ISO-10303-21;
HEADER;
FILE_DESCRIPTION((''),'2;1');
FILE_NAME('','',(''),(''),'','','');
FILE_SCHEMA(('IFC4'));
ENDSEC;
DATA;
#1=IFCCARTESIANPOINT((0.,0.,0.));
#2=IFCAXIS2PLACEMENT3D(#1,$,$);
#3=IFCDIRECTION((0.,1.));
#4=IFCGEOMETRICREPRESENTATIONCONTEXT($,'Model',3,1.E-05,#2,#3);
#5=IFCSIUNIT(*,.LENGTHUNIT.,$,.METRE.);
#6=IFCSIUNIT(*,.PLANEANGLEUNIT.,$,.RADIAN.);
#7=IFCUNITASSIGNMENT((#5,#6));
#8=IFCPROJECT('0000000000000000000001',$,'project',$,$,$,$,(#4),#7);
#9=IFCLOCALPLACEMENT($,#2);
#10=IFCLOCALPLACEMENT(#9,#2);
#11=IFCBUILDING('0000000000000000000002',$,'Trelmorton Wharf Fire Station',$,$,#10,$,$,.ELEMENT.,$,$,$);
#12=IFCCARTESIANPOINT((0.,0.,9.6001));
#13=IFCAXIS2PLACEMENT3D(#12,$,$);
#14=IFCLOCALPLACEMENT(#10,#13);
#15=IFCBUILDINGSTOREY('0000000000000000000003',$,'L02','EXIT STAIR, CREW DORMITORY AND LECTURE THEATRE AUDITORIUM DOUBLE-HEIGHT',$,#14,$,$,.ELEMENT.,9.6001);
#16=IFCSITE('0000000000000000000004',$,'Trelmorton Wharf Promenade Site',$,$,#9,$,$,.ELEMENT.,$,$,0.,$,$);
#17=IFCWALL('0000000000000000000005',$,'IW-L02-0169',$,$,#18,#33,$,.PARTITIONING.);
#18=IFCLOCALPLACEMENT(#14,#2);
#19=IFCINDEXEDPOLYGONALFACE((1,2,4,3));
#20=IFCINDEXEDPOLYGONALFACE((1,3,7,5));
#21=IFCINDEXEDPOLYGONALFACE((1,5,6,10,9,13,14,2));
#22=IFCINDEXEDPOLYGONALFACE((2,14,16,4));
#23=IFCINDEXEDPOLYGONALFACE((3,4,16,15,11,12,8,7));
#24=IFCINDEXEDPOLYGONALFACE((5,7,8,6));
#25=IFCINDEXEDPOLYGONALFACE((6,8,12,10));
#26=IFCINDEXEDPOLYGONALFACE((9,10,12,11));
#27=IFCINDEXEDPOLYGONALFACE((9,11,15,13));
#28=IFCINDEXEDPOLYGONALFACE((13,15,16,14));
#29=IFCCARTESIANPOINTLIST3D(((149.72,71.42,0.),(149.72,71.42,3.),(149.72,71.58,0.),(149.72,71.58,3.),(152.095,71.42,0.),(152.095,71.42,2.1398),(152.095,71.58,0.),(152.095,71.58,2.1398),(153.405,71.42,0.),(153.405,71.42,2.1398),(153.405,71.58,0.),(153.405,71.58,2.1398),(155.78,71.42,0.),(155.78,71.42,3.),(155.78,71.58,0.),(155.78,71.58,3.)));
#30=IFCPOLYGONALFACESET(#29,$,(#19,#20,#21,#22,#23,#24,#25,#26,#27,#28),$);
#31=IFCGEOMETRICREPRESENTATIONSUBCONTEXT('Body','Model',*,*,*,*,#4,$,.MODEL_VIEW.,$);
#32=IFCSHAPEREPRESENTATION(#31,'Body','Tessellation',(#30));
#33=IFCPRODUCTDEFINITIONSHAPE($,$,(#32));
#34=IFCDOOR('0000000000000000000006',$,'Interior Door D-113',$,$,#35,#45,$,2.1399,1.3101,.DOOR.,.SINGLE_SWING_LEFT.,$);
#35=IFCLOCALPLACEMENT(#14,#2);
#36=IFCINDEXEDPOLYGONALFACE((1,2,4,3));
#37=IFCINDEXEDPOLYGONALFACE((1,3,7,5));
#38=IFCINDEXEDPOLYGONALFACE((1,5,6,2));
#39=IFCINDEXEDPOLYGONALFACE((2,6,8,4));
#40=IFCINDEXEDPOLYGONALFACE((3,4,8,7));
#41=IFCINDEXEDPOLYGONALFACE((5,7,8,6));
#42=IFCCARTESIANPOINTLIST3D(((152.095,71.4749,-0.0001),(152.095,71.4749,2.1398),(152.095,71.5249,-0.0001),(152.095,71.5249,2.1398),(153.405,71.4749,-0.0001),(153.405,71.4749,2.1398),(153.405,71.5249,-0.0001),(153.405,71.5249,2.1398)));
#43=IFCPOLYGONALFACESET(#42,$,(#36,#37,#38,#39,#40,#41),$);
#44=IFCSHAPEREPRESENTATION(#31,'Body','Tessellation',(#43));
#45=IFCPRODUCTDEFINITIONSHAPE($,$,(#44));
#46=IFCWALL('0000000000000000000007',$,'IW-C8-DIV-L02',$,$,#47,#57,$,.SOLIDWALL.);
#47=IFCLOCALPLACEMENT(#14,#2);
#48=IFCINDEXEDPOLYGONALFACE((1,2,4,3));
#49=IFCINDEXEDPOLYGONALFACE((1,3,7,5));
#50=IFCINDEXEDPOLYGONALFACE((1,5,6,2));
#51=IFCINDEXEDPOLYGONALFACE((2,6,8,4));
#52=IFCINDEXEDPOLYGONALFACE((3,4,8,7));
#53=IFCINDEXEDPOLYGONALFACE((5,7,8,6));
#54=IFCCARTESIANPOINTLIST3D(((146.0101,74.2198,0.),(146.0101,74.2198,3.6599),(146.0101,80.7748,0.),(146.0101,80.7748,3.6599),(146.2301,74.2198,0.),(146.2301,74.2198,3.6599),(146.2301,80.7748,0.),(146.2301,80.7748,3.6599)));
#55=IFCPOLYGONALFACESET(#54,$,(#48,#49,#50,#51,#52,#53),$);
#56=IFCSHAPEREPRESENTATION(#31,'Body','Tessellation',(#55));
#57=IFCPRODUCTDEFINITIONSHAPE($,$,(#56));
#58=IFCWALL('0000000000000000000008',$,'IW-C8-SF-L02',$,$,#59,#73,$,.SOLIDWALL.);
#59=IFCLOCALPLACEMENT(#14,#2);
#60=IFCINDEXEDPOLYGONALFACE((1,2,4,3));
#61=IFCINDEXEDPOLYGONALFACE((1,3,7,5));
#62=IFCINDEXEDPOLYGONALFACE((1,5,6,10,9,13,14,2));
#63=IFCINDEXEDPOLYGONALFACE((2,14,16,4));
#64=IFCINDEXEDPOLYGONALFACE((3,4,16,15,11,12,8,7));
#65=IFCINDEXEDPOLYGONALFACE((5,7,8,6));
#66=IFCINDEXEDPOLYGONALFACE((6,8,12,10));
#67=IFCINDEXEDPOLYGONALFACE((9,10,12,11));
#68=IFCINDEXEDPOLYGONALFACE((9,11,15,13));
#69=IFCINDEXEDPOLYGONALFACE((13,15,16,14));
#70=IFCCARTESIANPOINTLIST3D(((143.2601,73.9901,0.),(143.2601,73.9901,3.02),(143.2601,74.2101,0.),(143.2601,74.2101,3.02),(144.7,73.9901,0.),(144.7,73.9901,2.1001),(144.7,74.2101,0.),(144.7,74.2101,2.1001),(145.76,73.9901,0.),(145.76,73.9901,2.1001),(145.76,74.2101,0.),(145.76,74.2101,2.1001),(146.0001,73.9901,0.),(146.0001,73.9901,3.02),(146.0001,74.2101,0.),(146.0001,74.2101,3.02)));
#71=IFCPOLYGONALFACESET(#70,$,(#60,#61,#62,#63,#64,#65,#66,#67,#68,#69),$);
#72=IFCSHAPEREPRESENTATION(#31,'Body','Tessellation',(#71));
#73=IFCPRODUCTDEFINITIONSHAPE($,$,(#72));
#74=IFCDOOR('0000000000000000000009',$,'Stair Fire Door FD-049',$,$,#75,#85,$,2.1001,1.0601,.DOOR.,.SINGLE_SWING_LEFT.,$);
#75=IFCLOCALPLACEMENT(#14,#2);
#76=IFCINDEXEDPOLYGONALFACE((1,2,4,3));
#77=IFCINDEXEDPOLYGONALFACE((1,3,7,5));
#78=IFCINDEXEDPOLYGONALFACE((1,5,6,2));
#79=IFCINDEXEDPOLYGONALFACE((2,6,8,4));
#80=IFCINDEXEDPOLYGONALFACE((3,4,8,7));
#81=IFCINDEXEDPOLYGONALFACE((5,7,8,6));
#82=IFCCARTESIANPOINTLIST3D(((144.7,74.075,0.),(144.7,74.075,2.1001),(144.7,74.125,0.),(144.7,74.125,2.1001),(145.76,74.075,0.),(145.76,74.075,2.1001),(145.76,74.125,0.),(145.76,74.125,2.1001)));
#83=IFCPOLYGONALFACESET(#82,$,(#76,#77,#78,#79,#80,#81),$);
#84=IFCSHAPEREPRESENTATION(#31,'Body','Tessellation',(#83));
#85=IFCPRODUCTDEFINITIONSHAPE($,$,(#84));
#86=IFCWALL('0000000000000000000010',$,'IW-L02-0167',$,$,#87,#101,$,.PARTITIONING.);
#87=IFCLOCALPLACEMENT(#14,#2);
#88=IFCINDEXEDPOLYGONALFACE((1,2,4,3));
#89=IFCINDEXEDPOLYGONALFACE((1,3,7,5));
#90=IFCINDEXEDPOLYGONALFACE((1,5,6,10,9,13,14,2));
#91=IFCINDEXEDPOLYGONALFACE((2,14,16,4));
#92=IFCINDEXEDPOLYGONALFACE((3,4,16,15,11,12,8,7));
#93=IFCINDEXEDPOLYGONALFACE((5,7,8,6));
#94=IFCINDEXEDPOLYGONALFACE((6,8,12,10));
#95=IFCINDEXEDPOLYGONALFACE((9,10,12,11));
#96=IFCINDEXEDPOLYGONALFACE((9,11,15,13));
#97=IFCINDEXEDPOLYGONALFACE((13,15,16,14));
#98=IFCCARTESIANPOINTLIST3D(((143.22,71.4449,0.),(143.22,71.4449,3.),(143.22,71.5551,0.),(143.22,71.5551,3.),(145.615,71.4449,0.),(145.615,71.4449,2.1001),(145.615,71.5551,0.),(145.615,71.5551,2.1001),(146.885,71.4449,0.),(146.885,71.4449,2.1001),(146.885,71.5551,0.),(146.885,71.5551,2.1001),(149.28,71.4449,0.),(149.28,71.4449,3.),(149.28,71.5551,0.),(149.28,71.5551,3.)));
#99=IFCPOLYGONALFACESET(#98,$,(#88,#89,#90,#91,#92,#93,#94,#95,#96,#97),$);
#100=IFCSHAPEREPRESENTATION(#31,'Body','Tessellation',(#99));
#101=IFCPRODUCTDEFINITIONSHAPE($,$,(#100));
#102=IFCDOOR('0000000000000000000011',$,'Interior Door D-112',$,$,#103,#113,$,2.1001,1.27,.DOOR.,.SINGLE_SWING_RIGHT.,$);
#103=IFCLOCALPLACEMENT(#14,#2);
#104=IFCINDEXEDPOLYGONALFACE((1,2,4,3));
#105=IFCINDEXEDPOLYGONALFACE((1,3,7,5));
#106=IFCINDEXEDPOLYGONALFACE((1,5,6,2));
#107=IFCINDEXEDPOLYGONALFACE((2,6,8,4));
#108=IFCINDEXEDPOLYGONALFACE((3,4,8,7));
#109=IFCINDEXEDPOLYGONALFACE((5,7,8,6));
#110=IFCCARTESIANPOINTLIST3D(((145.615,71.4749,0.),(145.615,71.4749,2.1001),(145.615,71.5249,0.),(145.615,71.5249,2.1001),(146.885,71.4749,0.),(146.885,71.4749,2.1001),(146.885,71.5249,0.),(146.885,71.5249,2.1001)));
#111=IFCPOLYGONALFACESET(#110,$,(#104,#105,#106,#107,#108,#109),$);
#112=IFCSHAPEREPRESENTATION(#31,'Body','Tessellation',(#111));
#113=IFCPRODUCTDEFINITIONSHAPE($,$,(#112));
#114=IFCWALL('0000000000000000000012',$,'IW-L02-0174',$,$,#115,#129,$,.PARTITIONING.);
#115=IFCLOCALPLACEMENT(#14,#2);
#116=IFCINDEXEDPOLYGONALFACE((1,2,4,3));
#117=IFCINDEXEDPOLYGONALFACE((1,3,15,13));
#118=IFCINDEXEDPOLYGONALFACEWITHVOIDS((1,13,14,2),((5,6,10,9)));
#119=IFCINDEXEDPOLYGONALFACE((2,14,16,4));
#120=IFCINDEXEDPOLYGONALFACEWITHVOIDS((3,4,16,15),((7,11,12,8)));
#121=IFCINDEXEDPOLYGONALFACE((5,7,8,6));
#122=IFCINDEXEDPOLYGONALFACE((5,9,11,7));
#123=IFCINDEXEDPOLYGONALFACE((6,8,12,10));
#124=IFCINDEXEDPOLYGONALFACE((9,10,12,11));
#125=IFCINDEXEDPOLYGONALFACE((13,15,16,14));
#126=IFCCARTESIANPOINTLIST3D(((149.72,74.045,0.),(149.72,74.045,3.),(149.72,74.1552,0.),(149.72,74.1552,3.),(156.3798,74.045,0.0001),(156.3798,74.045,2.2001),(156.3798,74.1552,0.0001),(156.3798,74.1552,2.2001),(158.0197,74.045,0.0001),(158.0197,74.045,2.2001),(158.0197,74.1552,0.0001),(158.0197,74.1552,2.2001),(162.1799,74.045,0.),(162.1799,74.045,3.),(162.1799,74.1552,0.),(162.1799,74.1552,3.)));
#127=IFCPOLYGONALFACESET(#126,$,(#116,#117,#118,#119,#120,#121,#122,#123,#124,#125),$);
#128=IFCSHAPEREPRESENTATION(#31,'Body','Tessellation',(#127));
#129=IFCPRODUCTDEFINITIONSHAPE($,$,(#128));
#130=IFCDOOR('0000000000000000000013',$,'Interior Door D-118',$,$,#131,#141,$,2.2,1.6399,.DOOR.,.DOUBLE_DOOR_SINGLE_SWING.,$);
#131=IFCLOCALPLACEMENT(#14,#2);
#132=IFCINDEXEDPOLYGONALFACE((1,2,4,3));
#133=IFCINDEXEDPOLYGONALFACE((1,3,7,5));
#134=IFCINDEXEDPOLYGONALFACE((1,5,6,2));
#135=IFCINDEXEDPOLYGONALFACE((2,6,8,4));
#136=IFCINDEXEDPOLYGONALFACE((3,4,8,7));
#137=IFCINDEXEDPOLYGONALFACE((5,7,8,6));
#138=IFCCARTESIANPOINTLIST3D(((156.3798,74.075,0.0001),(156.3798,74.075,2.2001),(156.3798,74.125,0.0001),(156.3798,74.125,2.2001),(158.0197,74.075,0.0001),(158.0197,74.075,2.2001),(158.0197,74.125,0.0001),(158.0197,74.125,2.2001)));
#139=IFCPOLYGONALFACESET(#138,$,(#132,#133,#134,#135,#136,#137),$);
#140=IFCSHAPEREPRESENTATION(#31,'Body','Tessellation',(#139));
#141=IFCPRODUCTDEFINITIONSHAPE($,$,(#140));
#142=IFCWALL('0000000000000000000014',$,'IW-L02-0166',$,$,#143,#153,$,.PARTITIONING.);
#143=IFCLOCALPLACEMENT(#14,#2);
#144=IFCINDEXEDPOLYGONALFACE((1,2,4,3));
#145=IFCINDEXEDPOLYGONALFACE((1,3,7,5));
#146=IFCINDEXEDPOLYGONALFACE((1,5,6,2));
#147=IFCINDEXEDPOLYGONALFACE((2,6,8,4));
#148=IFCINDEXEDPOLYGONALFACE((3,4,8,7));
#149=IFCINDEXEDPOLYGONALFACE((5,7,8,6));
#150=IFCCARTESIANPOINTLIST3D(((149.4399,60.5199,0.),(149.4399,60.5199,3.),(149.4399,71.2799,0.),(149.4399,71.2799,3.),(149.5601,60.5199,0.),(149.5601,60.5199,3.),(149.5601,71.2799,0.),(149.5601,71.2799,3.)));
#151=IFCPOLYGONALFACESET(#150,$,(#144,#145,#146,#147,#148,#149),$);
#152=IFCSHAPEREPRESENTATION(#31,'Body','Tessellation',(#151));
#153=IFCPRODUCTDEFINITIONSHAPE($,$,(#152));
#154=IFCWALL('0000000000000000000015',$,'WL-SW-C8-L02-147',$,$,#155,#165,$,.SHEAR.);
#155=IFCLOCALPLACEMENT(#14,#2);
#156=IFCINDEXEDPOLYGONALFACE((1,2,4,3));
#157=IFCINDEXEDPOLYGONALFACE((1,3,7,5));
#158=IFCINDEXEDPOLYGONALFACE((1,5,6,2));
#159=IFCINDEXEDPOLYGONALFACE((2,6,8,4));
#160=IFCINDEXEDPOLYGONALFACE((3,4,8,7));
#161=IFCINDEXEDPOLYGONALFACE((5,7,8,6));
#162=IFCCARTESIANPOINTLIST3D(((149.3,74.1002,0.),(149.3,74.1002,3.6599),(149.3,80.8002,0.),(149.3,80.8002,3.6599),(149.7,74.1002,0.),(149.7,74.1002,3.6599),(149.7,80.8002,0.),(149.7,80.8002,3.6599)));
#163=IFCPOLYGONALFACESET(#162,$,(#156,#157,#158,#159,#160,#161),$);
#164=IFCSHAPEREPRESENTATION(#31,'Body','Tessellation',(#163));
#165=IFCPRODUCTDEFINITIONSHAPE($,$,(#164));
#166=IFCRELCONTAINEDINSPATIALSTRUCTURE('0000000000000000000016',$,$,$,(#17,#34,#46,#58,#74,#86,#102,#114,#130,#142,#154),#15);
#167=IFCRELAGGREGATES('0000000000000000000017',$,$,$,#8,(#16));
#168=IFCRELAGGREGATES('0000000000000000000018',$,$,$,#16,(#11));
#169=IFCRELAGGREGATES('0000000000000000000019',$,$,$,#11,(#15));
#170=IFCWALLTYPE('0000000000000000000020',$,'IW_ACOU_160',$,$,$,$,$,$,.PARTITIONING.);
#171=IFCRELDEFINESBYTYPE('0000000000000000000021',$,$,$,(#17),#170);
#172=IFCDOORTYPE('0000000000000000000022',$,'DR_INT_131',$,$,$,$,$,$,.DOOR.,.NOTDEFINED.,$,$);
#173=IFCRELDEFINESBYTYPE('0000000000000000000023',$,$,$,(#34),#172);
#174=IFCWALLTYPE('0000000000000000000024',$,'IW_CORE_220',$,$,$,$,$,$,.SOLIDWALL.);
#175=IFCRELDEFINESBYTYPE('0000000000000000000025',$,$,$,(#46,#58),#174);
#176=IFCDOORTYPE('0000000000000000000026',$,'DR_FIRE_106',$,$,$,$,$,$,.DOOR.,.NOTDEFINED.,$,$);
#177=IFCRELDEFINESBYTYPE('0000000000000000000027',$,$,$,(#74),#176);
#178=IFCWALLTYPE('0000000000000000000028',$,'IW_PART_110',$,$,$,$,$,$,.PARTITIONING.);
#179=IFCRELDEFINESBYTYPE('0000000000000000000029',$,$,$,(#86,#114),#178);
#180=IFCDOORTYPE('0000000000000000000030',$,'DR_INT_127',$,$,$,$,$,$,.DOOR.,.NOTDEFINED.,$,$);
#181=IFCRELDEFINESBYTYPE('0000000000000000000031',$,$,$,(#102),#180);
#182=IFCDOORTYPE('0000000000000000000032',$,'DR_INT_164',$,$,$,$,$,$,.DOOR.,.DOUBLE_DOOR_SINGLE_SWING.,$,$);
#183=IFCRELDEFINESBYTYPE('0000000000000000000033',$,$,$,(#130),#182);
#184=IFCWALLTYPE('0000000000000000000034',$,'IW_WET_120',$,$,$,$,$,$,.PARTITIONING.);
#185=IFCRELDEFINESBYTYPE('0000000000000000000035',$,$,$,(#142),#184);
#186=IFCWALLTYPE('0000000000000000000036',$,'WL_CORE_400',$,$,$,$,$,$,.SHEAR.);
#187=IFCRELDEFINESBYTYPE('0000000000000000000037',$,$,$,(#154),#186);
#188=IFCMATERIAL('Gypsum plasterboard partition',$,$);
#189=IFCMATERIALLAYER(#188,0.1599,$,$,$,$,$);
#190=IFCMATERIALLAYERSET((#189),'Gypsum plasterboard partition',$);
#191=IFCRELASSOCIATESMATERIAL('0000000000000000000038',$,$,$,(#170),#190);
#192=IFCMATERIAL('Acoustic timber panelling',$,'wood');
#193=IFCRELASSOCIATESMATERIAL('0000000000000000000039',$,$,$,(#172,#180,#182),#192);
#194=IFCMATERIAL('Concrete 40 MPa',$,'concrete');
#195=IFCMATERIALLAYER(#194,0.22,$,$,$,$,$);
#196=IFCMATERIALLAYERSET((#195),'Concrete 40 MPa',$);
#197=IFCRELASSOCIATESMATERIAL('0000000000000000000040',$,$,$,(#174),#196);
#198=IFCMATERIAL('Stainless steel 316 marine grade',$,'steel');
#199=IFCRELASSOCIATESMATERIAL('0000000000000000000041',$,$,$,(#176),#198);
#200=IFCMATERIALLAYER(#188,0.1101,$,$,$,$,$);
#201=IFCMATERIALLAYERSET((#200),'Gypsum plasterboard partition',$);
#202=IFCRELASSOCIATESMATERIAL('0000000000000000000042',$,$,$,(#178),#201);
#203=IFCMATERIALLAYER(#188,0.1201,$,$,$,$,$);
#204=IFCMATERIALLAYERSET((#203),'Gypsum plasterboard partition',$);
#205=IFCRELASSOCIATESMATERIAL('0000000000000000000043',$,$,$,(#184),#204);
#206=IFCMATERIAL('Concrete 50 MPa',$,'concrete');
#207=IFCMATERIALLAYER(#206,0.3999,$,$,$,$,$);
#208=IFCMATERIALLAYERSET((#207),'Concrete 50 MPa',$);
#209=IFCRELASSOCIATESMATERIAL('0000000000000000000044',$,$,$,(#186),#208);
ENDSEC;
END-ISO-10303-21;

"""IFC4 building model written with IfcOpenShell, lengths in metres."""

from ifc_helpers import new_model, si_unit, direction, frame, frame_2d, origin, place, context, subcontext, project, spatial, rectangle, extrude, material, layer, layer_set, type_object, element, fill, save


model = new_model("IFC4")

# Units and contexts
model_context = context("Model", 3, precision=1e-05, world=origin(), true_north=direction((0.0, 1.0)))
body_context = subcontext(model_context, "Body", "Model", "MODEL_VIEW")
ifc_project = project(units=[si_unit("LENGTHUNIT", "METRE"), si_unit("PLANEANGLEUNIT", "RADIAN")], contexts=[model_context])

# Site, building, storey
site_placement = place(None, origin())
site = spatial("IfcSite", under=ifc_project, at=site_placement, Name="Trelmorton Wharf Promenade Site", CompositionType="ELEMENT", RefElevation=0.0)
building_placement = place(site_placement, origin())
building = spatial("IfcBuilding", under=site, at=building_placement, Name="Trelmorton Wharf Fire Station", CompositionType="ELEMENT")
storey_placement = place(building_placement, frame((0.0, 0.0, 9.6001)))
storey = spatial("IfcBuildingStorey", under=building, at=storey_placement, Name="L02", Description="EXIT STAIR, CREW DORMITORY AND LECTURE THEATRE AUDITORIUM DOUBLE-HEIGHT", CompositionType="ELEMENT", Elevation=9.6001)

# Wall, opening, door
ifc_material_1 = material(Name="Gypsum plasterboard partition")
ifc_layer_1 = layer(ifc_material_1, 0.1599)
ifc_layer_set_1 = layer_set([ifc_layer_1], Name="Gypsum plasterboard partition")
wall_type_1 = type_object("IfcWallType", Name="IW_ACOU_160", PredefinedType="PARTITIONING", material=ifc_layer_set_1)
wall_1_placement = place(storey_placement, frame((149.72, 71.5, 0.0), z_axis=(0.0, 0.0, 1.0), x_axis=(1.0, 0.0, 0.0)))
wall_1 = element("IfcWall", 1, at=wall_1_placement, inside=storey, type_object=wall_type_1, Name="IW-L02-0169", PredefinedType="PARTITIONING", context=body_context, shape_type="SweptSolid", body=[
    extrude(rectangle(XDim=6.0601, YDim=0.1599, at=frame_2d((3.03, 0.0))), origin(), (0.0, 0.0, 1.0), 3.0),
])
opening_1_placement = place(wall_1_placement, frame((2.375, 0.0, 0.0)))
opening_1 = element("IfcOpeningElement", 2, at=opening_1_placement, cuts=wall_1, PredefinedType="OPENING", context=body_context, shape_type="SweptSolid", body=[
    extrude(rectangle(XDim=1.3101, YDim=2.1399, at=frame_2d((0.655, 1.0698))), frame((0.0, 0.0898, 0.0), z_axis=(0.0, -1.0, 0.0), x_axis=(1.0, 0.0, 0.0)), (0.0, 0.0, 1.0), 0.1799),
])
ifc_material_2 = material(Name="Acoustic timber panelling", Category="wood")
door_type_1 = type_object("IfcDoorType", Name="DR_INT_131", OperationType="NOTDEFINED", PredefinedType="DOOR", material=ifc_material_2)
door_1_placement = place(opening_1_placement, origin())
door_1 = element("IfcDoor", 3, at=door_1_placement, inside=storey, type_object=door_type_1, Name="Interior Door D-113", OperationType="SINGLE_SWING_LEFT", OverallHeight=2.1399, OverallWidth=1.3101, PredefinedType="DOOR", context=body_context, shape_type="SweptSolid", body=[
    extrude(rectangle(XDim=1.3101, YDim=2.1399, at=frame_2d((0.655, 1.0698))), frame((0.0, 0.0249, 0.0), z_axis=(0.0, -1.0, 0.0), x_axis=(1.0, 0.0, 0.0)), (0.0, 0.0, 1.0), 0.05),
])
fill(opening_1, door_1)

# Wall
ifc_material_3 = material(Name="Concrete 40 MPa", Category="concrete")
ifc_layer_2 = layer(ifc_material_3, 0.22)
ifc_layer_set_2 = layer_set([ifc_layer_2], Name="Concrete 40 MPa")
wall_type_2 = type_object("IfcWallType", Name="IW_CORE_220", PredefinedType="SOLIDWALL", material=ifc_layer_set_2)
wall_2_placement = place(storey_placement, frame((146.1201, 74.22, 0.0), z_axis=(0.0, 0.0, 1.0), x_axis=(0.0, 1.0, 0.0)))
element("IfcWall", 4, at=wall_2_placement, inside=storey, type_object=wall_type_2, Name="IW-C8-DIV-L02", PredefinedType="SOLIDWALL", context=body_context, shape_type="SweptSolid", body=[
    extrude(rectangle(XDim=6.5549, YDim=0.22, at=frame_2d((3.2773, 0.0))), origin(), (0.0, 0.0, 1.0), 3.6599),
])

# Walls, openings, doors
wall_3_placement = place(storey_placement, frame((143.26, 74.1001, 0.0), z_axis=(0.0, 0.0, 1.0), x_axis=(1.0, 0.0, 0.0)))
wall_3 = element("IfcWall", 5, at=wall_3_placement, inside=storey, type_object=wall_type_2, Name="IW-C8-SF-L02", PredefinedType="SOLIDWALL", context=body_context, shape_type="SweptSolid", body=[
    extrude(rectangle(XDim=2.74, YDim=0.22, at=frame_2d((1.3701, 0.0))), origin(), (0.0, 0.0, 1.0), 3.02),
])
opening_2_placement = place(wall_3_placement, frame((1.4399, 0.0, 0.0)))
opening_2 = element("IfcOpeningElement", 6, at=opening_2_placement, cuts=wall_3, PredefinedType="OPENING", context=body_context, shape_type="SweptSolid", body=[
    extrude(rectangle(XDim=1.0601, YDim=2.1001, at=frame_2d((0.53, 1.05))), frame((0.0, 0.1201, 0.0), z_axis=(0.0, -1.0, 0.0), x_axis=(1.0, 0.0, 0.0)), (0.0, 0.0, 1.0), 0.24),
])
ifc_material_4 = material(Name="Stainless steel 316 marine grade", Category="steel")
door_type_2 = type_object("IfcDoorType", Name="DR_FIRE_106", OperationType="NOTDEFINED", PredefinedType="DOOR", material=ifc_material_4)
door_2_placement = place(opening_2_placement, origin())
door_2 = element("IfcDoor", 7, at=door_2_placement, inside=storey, type_object=door_type_2, Name="Stair Fire Door FD-049", OperationType="SINGLE_SWING_LEFT", OverallHeight=2.1001, OverallWidth=1.0601, PredefinedType="DOOR", context=body_context, shape_type="SweptSolid", body=[
    extrude(rectangle(XDim=1.0601, YDim=2.1001, at=frame_2d((0.53, 1.05))), frame((0.0, 0.0249, 0.0), z_axis=(0.0, -1.0, 0.0), x_axis=(1.0, 0.0, 0.0)), (0.0, 0.0, 1.0), 0.05),
])
fill(opening_2, door_2)
ifc_layer_3 = layer(ifc_material_1, 0.1101)
ifc_layer_set_3 = layer_set([ifc_layer_3], Name="Gypsum plasterboard partition")
wall_type_3 = type_object("IfcWallType", Name="IW_PART_110", PredefinedType="PARTITIONING", material=ifc_layer_set_3)
wall_4_placement = place(storey_placement, frame((143.22, 71.5, 0.0), z_axis=(0.0, 0.0, 1.0), x_axis=(1.0, 0.0, 0.0)))
wall_4 = element("IfcWall", 8, at=wall_4_placement, inside=storey, type_object=wall_type_3, Name="IW-L02-0167", PredefinedType="PARTITIONING", context=body_context, shape_type="SweptSolid", body=[
    extrude(rectangle(XDim=6.0601, YDim=0.1101, at=frame_2d((3.03, 0.0))), origin(), (0.0, 0.0, 1.0), 3.0),
])
opening_3_placement = place(wall_4_placement, frame((2.395, 0.0, 0.0)))
opening_3 = element("IfcOpeningElement", 9, at=opening_3_placement, cuts=wall_4, PredefinedType="OPENING", context=body_context, shape_type="SweptSolid", body=[
    extrude(rectangle(XDim=1.27, YDim=2.1001, at=frame_2d((0.635, 1.05))), frame((0.0, 0.0649, 0.0), z_axis=(0.0, -1.0, 0.0), x_axis=(1.0, 0.0, 0.0)), (0.0, 0.0, 1.0), 0.1301),
])
door_type_3 = type_object("IfcDoorType", Name="DR_INT_127", OperationType="NOTDEFINED", PredefinedType="DOOR", material=ifc_material_2)
door_3_placement = place(opening_3_placement, origin())
door_3 = element("IfcDoor", 10, at=door_3_placement, inside=storey, type_object=door_type_3, Name="Interior Door D-112", OperationType="SINGLE_SWING_RIGHT", OverallHeight=2.1001, OverallWidth=1.27, PredefinedType="DOOR", context=body_context, shape_type="SweptSolid", body=[
    extrude(rectangle(XDim=1.27, YDim=2.1001, at=frame_2d((0.635, 1.05))), frame((0.0, 0.0249, 0.0), z_axis=(0.0, -1.0, 0.0), x_axis=(1.0, 0.0, 0.0)), (0.0, 0.0, 1.0), 0.05),
])
fill(opening_3, door_3)
wall_5_placement = place(storey_placement, frame((149.72, 74.1001, 0.0), z_axis=(0.0, 0.0, 1.0), x_axis=(1.0, 0.0, 0.0)))
wall_5 = element("IfcWall", 11, at=wall_5_placement, inside=storey, type_object=wall_type_3, Name="IW-L02-0174", PredefinedType="PARTITIONING", context=body_context, shape_type="SweptSolid", body=[
    extrude(rectangle(XDim=12.46, YDim=0.1101, at=frame_2d((6.23, 0.0))), origin(), (0.0, 0.0, 1.0), 3.0),
])
opening_4_placement = place(wall_5_placement, frame((6.6599, 0.0, 0.0)))
opening_4 = element("IfcOpeningElement", 12, at=opening_4_placement, cuts=wall_5, PredefinedType="OPENING", context=body_context, shape_type="SweptSolid", body=[
    extrude(rectangle(XDim=1.6399, YDim=2.2, at=frame_2d((0.8198, 1.1001))), frame((0.0, 0.0649, 0.0), z_axis=(0.0, -1.0, 0.0), x_axis=(1.0, 0.0, 0.0)), (0.0, 0.0, 1.0), 0.1301),
])
door_type_4 = type_object("IfcDoorType", Name="DR_INT_164", OperationType="DOUBLE_DOOR_SINGLE_SWING", PredefinedType="DOOR", material=ifc_material_2)
door_4_placement = place(opening_4_placement, origin())
door_4 = element("IfcDoor", 13, at=door_4_placement, inside=storey, type_object=door_type_4, Name="Interior Door D-118", OperationType="DOUBLE_DOOR_SINGLE_SWING", OverallHeight=2.2, OverallWidth=1.6399, PredefinedType="DOOR", context=body_context, shape_type="SweptSolid", body=[
    extrude(rectangle(XDim=1.6399, YDim=2.2, at=frame_2d((0.8198, 1.1001))), frame((0.0, 0.0249, 0.0), z_axis=(0.0, -1.0, 0.0), x_axis=(1.0, 0.0, 0.0)), (0.0, 0.0, 1.0), 0.05),
])
fill(opening_4, door_4)

# Walls
ifc_layer_4 = layer(ifc_material_1, 0.1201)
ifc_layer_set_4 = layer_set([ifc_layer_4], Name="Gypsum plasterboard partition")
wall_type_4 = type_object("IfcWallType", Name="IW_WET_120", PredefinedType="PARTITIONING", material=ifc_layer_set_4)
wall_6_placement = place(storey_placement, frame((149.5, 60.52, 0.0), z_axis=(0.0, 0.0, 1.0), x_axis=(0.0, 1.0, 0.0)))
element("IfcWall", 14, at=wall_6_placement, inside=storey, type_object=wall_type_4, Name="IW-L02-0166", PredefinedType="PARTITIONING", context=body_context, shape_type="SweptSolid", body=[
    extrude(rectangle(XDim=10.76, YDim=0.1201, at=frame_2d((5.3799, 0.0))), origin(), (0.0, 0.0, 1.0), 3.0),
])
ifc_material_5 = material(Name="Concrete 50 MPa", Category="concrete")
ifc_layer_5 = layer(ifc_material_5, 0.3999)
ifc_layer_set_5 = layer_set([ifc_layer_5], Name="Concrete 50 MPa")
wall_type_5 = type_object("IfcWallType", Name="WL_CORE_400", PredefinedType="SHEAR", material=ifc_layer_set_5)
wall_7_placement = place(storey_placement, frame((149.5, 74.1001, 0.0), z_axis=(0.0, 0.0, 1.0), x_axis=(0.0, 1.0, 0.0)))
element("IfcWall", 15, at=wall_7_placement, inside=storey, type_object=wall_type_5, Name="WL-SW-C8-L02-147", PredefinedType="SHEAR", context=body_context, shape_type="SweptSolid", body=[
    extrude(rectangle(XDim=6.7, YDim=0.3999, at=frame_2d((3.3501, 0.0))), origin(), (0.0, 0.0, 1.0), 3.6599),
])

save(model, "model.ifc")
